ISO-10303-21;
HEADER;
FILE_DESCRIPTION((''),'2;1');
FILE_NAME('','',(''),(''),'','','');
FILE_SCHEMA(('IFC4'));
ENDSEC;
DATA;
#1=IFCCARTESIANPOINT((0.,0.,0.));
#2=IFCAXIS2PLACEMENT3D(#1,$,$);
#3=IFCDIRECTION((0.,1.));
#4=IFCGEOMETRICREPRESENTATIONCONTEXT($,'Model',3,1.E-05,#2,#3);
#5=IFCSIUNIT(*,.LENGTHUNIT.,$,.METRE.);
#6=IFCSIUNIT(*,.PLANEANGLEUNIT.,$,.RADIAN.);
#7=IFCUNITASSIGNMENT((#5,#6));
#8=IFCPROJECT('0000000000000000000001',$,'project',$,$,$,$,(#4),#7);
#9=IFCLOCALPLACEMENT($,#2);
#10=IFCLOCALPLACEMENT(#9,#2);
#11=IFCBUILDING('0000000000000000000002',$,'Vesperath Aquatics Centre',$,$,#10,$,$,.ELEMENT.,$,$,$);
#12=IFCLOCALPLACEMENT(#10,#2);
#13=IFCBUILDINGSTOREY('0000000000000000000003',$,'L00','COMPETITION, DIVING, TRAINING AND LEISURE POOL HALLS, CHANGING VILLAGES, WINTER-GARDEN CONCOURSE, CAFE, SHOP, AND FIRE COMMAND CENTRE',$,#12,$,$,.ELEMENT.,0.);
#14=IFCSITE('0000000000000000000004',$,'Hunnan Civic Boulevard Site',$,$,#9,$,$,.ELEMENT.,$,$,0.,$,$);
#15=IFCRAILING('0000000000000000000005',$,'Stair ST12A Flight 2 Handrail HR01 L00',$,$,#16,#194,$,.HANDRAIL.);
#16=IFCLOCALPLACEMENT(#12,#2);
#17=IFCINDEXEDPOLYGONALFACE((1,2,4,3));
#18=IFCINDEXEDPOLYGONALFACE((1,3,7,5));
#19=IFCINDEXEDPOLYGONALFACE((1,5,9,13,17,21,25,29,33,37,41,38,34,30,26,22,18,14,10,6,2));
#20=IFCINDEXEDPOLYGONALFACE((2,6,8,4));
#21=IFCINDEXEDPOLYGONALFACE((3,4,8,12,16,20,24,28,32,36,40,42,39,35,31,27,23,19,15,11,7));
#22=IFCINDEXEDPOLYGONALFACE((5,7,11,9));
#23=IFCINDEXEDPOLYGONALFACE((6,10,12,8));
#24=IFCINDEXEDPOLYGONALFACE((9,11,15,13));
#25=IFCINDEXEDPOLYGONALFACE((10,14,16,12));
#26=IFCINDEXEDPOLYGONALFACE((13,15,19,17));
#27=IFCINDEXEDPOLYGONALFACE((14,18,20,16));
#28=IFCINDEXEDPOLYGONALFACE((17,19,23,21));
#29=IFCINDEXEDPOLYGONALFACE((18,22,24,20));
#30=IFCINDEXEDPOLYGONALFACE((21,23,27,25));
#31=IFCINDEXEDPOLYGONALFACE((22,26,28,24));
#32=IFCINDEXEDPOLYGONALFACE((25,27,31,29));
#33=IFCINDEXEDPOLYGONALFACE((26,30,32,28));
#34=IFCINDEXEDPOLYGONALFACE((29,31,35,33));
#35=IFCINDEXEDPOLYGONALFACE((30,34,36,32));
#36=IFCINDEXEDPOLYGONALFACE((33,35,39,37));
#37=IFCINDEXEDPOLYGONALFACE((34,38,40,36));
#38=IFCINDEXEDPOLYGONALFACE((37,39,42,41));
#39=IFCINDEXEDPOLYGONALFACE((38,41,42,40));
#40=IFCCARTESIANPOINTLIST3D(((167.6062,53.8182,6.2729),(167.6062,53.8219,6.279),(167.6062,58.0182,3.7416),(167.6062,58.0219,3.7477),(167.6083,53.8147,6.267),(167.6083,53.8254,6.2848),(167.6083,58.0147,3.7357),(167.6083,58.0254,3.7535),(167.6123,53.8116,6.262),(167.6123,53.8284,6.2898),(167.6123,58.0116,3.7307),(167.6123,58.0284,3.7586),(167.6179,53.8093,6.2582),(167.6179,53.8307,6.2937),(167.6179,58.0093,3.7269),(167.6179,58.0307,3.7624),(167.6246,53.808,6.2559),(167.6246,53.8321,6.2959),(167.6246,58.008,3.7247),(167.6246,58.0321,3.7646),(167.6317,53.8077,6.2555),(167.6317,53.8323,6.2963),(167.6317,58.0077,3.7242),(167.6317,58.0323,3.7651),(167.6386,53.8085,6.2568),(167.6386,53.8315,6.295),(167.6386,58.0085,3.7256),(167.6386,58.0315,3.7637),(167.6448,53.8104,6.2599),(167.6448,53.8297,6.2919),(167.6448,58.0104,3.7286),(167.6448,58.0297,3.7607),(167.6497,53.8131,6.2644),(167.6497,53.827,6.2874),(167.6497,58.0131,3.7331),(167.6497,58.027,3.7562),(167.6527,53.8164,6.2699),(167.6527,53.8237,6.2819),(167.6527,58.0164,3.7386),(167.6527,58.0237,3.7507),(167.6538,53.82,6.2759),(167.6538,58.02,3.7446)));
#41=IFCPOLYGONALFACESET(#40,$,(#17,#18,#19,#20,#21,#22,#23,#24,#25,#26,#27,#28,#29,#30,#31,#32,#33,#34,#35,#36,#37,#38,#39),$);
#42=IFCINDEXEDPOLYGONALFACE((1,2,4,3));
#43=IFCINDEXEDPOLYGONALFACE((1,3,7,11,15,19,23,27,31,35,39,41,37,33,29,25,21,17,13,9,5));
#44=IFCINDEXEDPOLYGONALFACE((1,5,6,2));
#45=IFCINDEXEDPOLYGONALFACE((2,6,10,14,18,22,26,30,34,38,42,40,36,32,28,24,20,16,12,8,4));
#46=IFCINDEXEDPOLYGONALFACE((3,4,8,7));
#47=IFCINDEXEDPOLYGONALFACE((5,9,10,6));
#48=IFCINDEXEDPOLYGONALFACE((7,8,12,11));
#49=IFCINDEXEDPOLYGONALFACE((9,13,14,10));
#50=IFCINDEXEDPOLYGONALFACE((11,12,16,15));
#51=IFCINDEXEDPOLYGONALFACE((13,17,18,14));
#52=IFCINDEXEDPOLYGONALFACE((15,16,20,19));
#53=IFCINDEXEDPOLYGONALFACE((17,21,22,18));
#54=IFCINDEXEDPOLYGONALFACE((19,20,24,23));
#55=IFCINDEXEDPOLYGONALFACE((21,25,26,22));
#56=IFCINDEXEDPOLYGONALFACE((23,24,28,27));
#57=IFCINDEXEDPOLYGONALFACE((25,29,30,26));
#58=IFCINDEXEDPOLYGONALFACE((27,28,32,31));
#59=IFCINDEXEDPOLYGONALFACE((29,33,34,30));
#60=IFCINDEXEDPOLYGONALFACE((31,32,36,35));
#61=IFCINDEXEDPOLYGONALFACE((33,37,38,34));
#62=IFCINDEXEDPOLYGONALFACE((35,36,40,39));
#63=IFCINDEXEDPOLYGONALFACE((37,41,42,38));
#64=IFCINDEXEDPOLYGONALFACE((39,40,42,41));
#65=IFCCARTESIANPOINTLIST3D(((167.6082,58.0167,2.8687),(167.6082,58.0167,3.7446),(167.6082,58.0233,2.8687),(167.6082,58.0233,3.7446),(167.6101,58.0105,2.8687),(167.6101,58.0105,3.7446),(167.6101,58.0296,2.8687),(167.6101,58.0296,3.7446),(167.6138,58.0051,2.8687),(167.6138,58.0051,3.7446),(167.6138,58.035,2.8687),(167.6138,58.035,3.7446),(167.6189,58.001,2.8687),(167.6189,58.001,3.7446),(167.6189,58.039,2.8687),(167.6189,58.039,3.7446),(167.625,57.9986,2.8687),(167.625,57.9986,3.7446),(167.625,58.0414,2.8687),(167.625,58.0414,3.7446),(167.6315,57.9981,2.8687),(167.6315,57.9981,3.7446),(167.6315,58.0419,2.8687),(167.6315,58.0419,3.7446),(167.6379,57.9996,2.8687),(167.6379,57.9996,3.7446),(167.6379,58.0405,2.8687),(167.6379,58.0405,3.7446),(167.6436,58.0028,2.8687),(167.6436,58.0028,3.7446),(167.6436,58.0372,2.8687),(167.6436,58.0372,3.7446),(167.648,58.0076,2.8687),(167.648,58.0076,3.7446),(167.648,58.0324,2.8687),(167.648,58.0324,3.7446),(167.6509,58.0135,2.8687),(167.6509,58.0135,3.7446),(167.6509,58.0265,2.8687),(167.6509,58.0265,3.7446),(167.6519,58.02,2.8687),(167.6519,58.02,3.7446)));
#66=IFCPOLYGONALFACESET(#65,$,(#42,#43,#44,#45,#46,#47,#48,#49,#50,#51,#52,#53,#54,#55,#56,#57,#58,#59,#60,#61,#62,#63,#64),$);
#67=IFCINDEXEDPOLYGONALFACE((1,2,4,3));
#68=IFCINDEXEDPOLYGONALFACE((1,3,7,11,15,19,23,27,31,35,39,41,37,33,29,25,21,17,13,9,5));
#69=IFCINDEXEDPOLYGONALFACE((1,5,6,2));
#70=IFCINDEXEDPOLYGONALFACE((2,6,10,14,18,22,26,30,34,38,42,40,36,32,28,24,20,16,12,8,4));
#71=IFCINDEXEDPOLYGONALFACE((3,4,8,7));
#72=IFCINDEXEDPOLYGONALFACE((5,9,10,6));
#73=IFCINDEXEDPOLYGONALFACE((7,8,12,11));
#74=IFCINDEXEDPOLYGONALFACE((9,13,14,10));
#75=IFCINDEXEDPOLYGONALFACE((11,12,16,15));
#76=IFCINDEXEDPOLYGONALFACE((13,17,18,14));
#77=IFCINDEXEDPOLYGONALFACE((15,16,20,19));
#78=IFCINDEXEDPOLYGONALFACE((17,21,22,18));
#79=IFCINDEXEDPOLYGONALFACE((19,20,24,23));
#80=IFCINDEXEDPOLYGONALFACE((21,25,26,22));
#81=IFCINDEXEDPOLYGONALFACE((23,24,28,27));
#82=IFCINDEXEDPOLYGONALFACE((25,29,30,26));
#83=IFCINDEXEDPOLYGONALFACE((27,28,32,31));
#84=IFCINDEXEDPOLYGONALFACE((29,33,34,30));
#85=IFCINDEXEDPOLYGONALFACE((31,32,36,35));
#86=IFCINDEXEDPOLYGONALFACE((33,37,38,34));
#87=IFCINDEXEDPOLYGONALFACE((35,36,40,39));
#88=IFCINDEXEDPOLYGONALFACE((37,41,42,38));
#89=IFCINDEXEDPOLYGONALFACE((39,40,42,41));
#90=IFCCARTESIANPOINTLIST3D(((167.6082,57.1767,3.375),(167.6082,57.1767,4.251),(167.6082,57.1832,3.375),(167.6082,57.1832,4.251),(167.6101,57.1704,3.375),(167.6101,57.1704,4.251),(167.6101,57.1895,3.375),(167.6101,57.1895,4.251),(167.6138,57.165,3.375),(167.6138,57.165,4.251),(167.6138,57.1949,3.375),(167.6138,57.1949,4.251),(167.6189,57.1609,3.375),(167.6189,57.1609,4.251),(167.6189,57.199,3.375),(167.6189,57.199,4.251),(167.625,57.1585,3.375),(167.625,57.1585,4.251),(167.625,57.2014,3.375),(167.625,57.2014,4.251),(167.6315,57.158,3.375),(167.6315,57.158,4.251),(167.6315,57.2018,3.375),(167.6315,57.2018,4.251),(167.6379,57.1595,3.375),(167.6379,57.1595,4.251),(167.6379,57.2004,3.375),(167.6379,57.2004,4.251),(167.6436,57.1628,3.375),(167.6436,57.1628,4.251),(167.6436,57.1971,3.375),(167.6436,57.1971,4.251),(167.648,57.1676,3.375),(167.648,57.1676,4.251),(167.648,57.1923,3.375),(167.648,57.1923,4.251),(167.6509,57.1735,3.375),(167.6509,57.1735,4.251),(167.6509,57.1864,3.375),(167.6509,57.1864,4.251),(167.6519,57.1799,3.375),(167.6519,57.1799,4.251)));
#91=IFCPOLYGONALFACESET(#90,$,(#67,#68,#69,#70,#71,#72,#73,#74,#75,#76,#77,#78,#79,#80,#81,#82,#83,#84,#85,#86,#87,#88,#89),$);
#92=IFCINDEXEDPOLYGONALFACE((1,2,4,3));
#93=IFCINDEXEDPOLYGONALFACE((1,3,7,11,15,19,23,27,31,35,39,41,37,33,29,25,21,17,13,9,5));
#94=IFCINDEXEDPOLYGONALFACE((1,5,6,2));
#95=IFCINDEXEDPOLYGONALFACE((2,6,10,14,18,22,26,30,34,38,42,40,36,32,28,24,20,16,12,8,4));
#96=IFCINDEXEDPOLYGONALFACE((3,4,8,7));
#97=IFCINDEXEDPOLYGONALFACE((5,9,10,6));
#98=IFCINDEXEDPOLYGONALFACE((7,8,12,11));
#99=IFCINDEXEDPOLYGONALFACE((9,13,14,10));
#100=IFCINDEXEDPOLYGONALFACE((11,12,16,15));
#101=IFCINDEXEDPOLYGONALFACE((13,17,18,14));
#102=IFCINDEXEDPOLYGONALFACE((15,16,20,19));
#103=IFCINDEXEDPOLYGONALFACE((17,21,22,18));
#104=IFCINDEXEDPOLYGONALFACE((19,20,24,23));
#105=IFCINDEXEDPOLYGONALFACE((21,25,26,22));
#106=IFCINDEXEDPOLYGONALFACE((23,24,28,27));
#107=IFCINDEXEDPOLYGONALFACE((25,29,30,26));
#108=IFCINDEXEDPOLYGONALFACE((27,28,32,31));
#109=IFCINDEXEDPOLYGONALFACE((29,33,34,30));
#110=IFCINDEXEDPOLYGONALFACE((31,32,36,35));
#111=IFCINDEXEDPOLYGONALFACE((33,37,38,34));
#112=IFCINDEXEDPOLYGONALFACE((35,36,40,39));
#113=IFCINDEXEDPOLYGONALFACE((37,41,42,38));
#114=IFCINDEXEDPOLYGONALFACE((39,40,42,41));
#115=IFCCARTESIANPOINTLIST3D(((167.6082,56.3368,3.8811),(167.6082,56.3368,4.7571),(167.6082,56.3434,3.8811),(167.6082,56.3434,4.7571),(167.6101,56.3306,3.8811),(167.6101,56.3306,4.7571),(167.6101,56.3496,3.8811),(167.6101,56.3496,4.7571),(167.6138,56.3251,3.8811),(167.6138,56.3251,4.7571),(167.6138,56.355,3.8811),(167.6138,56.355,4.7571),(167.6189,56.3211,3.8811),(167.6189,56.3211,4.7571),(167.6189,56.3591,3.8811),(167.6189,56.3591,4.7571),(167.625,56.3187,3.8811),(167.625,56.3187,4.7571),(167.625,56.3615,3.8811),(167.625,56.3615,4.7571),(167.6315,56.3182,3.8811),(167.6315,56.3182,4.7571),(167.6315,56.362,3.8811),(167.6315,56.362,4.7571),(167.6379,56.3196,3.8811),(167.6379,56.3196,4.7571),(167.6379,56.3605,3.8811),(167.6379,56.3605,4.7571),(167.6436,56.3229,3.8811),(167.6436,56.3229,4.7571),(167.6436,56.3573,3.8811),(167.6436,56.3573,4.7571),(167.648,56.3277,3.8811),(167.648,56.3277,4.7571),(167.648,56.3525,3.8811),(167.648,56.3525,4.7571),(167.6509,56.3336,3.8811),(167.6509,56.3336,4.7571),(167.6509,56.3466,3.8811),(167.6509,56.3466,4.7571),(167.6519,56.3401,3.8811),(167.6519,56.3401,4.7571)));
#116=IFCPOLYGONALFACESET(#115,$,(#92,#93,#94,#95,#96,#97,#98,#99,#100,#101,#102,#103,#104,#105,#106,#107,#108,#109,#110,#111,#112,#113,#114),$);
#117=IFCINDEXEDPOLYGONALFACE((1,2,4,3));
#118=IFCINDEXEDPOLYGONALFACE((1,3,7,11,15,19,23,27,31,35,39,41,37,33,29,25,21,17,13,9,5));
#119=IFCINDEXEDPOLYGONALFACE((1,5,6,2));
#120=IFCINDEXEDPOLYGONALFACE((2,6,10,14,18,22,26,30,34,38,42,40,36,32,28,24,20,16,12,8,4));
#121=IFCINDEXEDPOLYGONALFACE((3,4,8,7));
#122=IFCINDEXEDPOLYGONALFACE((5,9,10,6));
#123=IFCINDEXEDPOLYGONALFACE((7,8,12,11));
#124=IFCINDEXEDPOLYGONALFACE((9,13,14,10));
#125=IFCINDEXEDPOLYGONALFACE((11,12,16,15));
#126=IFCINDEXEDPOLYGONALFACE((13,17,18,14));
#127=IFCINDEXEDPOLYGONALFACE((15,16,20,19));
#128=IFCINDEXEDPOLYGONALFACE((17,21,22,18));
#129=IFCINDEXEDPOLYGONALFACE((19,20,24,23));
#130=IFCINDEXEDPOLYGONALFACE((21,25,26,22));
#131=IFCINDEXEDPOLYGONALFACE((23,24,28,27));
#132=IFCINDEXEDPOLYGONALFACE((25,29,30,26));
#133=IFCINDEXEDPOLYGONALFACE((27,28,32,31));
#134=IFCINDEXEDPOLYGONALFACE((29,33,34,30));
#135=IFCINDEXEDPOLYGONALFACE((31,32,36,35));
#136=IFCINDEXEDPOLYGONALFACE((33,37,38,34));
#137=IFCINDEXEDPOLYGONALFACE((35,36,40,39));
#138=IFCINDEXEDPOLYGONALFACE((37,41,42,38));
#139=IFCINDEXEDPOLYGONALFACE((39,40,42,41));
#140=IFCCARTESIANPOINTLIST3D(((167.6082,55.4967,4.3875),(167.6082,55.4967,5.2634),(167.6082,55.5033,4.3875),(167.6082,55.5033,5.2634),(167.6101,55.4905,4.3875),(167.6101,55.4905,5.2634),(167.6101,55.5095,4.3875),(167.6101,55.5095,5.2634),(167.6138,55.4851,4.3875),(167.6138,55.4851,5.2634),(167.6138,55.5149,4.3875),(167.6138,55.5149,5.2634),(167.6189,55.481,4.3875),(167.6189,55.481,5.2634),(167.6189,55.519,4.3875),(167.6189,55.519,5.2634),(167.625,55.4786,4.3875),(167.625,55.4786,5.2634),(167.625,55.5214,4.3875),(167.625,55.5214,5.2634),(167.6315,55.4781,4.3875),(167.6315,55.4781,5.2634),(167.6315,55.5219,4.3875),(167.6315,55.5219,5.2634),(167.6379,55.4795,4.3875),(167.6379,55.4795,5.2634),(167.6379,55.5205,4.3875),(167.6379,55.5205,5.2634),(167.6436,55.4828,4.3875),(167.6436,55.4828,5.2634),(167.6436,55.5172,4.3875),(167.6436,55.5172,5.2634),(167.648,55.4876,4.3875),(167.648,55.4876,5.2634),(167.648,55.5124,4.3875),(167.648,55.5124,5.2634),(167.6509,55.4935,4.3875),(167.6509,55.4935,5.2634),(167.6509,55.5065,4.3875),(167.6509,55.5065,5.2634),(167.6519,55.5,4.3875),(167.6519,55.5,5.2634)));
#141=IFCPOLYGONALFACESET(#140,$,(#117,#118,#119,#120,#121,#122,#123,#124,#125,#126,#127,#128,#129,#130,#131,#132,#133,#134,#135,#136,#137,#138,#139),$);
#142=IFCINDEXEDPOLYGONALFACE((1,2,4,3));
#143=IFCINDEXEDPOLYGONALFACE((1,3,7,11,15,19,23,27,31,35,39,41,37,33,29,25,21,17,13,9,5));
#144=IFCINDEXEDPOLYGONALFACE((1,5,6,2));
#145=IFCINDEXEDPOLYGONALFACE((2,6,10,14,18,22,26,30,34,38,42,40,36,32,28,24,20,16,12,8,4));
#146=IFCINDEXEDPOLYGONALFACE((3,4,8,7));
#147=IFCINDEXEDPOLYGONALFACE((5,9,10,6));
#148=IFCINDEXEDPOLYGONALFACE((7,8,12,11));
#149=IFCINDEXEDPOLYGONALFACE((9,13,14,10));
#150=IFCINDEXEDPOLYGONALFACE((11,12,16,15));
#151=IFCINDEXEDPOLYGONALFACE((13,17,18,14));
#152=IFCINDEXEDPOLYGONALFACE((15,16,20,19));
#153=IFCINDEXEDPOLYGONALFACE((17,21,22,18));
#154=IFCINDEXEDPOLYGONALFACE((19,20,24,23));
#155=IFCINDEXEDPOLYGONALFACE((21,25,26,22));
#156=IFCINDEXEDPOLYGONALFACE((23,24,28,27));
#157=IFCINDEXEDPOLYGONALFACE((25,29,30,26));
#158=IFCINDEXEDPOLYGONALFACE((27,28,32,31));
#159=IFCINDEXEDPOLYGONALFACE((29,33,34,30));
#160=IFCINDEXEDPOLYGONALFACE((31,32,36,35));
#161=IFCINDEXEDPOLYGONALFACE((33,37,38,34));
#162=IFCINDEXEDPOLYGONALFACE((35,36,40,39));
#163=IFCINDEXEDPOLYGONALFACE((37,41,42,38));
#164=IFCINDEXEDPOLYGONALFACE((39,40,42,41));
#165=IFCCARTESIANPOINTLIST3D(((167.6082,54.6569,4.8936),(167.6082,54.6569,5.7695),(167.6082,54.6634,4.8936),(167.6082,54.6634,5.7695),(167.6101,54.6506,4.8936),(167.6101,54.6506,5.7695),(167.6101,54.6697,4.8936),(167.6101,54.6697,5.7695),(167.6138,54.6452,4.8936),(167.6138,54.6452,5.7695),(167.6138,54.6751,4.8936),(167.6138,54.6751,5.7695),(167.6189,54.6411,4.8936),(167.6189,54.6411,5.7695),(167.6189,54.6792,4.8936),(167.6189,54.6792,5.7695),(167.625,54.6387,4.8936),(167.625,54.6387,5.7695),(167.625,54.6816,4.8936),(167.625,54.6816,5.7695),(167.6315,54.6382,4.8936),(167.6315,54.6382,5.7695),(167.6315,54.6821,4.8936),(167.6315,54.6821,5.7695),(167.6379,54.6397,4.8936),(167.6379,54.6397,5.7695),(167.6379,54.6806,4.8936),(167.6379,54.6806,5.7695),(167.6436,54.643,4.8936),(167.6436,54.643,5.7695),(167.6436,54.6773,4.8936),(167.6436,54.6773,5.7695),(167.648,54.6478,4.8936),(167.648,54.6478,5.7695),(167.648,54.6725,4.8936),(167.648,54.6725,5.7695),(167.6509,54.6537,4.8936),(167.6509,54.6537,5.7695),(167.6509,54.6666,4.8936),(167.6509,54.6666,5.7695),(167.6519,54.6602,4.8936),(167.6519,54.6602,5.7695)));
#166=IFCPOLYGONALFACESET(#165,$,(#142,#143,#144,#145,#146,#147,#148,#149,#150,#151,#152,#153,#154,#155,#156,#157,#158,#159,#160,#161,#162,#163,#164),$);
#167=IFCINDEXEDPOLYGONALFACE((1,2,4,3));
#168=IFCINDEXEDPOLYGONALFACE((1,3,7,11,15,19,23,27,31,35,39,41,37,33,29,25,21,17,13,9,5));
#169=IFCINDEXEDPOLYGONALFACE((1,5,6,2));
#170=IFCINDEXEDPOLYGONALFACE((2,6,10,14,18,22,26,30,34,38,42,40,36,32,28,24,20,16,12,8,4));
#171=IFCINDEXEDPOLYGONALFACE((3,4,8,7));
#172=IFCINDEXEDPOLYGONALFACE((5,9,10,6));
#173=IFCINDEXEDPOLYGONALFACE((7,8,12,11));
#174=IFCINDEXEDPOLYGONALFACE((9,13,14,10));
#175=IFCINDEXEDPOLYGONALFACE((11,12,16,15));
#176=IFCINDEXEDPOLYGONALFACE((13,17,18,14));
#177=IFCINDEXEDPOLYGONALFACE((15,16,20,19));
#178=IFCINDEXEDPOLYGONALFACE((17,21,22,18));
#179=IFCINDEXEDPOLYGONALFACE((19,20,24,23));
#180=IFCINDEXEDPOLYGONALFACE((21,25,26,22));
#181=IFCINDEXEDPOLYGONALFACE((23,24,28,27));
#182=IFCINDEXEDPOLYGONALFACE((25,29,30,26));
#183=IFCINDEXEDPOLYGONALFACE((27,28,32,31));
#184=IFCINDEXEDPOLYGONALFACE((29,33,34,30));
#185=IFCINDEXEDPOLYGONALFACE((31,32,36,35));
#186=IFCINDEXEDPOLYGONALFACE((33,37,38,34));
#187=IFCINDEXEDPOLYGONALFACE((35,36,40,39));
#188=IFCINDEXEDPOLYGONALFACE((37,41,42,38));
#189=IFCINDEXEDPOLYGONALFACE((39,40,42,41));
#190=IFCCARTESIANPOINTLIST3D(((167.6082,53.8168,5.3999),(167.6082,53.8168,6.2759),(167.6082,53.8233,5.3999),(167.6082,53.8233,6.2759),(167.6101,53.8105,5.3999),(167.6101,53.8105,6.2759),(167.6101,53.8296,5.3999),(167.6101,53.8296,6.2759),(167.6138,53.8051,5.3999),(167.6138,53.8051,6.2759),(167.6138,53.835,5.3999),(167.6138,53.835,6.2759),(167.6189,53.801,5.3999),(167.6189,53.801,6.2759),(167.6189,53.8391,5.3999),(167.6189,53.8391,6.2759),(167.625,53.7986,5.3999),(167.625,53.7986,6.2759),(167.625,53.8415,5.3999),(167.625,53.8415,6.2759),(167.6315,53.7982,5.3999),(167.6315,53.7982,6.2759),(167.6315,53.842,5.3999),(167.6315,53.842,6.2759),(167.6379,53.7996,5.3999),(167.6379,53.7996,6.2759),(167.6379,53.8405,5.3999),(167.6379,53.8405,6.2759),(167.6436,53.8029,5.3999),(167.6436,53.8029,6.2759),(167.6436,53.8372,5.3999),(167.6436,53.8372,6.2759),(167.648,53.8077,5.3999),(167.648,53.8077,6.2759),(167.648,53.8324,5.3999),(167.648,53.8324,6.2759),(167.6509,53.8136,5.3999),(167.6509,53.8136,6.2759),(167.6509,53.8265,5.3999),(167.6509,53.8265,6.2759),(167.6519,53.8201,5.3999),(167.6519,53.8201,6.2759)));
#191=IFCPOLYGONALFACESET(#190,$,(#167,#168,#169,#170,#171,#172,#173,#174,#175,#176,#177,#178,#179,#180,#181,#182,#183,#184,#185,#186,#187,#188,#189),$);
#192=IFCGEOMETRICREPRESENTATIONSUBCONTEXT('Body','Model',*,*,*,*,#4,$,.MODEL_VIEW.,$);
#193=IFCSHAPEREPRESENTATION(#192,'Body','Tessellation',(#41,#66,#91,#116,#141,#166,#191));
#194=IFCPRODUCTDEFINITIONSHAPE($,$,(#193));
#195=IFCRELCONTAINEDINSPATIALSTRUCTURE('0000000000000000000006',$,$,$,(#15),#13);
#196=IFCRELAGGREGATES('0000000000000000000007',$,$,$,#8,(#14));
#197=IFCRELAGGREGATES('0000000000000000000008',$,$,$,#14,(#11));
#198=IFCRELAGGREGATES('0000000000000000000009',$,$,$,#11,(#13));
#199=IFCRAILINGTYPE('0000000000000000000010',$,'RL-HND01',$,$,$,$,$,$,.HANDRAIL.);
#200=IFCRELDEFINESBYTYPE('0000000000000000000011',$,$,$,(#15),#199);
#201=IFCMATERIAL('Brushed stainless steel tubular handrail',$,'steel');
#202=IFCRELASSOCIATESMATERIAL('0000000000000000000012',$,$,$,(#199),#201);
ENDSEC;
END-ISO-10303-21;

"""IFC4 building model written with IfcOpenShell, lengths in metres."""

from ifc_helpers import new_model, si_unit, direction, frame, origin, origin_2d, place, context, subcontext, project, spatial, circle, extrude, material, type_object, element, save


model = new_model("IFC4")

# Units and contexts
model_context = context("Model", 3, precision=1e-05, world=origin(), true_north=direction((0.0, 1.0)))
body_context = subcontext(model_context, "Body", "Model", "MODEL_VIEW")
ifc_project = project(units=[si_unit("LENGTHUNIT", "METRE"), si_unit("PLANEANGLEUNIT", "RADIAN")], contexts=[model_context])

# Site, building, storey
site_placement = place(None, origin())
site = spatial("IfcSite", under=ifc_project, at=site_placement, Name="Hunnan Civic Boulevard Site", CompositionType="ELEMENT", RefElevation=0.0)
building_placement = place(site_placement, origin())
building = spatial("IfcBuilding", under=site, at=building_placement, Name="Vesperath Aquatics Centre", CompositionType="ELEMENT")
storey_placement = place(building_placement, origin())
storey = spatial("IfcBuildingStorey", under=building, at=storey_placement, Name="L00", Description="COMPETITION, DIVING, TRAINING AND LEISURE POOL HALLS, CHANGING VILLAGES, WINTER-GARDEN CONCOURSE, CAFE, SHOP, AND FIRE COMMAND CENTRE", CompositionType="ELEMENT", Elevation=0.0)

# Railing
ifc_material_1 = material(Name="Brushed stainless steel tubular handrail", Category="steel")
railing_type_1 = type_object("IfcRailingType", Name="RL-HND01", PredefinedType="HANDRAIL", material=ifc_material_1)
railing_1_placement = place(storey_placement, frame((167.6299, 58.02, 2.8687)))
element("IfcRailing", 1, at=railing_1_placement, inside=storey, type_object=railing_type_1, Name="Stair ST12A Flight 2 Handrail HR01 L00", PredefinedType="HANDRAIL", context=body_context, shape_type="SweptSolid", body=[
    extrude(circle(Radius=0.0239, at=origin_2d()), frame((0.0, 0.0, 0.876), z_axis=(0.0, -0.856476, 0.516186), x_axis=(1.0, 0.0, 0.0)), (0.0, 0.0, 1.0), 4.9038),
    extrude(circle(Radius=0.022, at=origin_2d()), origin(), (0.0, 0.0, 1.0), 0.876),
    extrude(circle(Radius=0.022, at=origin_2d()), frame((0.0, -0.8401, 0.5063)), (0.0, 0.0, 1.0), 0.876),
    extrude(circle(Radius=0.022, at=origin_2d()), frame((0.0, -1.6799, 1.0125)), (0.0, 0.0, 1.0), 0.876),
    extrude(circle(Radius=0.022, at=origin_2d()), frame((0.0, -2.52, 1.5188)), (0.0, 0.0, 1.0), 0.876),
    extrude(circle(Radius=0.022, at=origin_2d()), frame((0.0, -3.3599, 2.0249)), (0.0, 0.0, 1.0), 0.876),
    extrude(circle(Radius=0.022, at=origin_2d()), frame((0.0, -4.2, 2.5312)), (0.0, 0.0, 1.0), 0.876),
])

save(model, "model.ifc")
